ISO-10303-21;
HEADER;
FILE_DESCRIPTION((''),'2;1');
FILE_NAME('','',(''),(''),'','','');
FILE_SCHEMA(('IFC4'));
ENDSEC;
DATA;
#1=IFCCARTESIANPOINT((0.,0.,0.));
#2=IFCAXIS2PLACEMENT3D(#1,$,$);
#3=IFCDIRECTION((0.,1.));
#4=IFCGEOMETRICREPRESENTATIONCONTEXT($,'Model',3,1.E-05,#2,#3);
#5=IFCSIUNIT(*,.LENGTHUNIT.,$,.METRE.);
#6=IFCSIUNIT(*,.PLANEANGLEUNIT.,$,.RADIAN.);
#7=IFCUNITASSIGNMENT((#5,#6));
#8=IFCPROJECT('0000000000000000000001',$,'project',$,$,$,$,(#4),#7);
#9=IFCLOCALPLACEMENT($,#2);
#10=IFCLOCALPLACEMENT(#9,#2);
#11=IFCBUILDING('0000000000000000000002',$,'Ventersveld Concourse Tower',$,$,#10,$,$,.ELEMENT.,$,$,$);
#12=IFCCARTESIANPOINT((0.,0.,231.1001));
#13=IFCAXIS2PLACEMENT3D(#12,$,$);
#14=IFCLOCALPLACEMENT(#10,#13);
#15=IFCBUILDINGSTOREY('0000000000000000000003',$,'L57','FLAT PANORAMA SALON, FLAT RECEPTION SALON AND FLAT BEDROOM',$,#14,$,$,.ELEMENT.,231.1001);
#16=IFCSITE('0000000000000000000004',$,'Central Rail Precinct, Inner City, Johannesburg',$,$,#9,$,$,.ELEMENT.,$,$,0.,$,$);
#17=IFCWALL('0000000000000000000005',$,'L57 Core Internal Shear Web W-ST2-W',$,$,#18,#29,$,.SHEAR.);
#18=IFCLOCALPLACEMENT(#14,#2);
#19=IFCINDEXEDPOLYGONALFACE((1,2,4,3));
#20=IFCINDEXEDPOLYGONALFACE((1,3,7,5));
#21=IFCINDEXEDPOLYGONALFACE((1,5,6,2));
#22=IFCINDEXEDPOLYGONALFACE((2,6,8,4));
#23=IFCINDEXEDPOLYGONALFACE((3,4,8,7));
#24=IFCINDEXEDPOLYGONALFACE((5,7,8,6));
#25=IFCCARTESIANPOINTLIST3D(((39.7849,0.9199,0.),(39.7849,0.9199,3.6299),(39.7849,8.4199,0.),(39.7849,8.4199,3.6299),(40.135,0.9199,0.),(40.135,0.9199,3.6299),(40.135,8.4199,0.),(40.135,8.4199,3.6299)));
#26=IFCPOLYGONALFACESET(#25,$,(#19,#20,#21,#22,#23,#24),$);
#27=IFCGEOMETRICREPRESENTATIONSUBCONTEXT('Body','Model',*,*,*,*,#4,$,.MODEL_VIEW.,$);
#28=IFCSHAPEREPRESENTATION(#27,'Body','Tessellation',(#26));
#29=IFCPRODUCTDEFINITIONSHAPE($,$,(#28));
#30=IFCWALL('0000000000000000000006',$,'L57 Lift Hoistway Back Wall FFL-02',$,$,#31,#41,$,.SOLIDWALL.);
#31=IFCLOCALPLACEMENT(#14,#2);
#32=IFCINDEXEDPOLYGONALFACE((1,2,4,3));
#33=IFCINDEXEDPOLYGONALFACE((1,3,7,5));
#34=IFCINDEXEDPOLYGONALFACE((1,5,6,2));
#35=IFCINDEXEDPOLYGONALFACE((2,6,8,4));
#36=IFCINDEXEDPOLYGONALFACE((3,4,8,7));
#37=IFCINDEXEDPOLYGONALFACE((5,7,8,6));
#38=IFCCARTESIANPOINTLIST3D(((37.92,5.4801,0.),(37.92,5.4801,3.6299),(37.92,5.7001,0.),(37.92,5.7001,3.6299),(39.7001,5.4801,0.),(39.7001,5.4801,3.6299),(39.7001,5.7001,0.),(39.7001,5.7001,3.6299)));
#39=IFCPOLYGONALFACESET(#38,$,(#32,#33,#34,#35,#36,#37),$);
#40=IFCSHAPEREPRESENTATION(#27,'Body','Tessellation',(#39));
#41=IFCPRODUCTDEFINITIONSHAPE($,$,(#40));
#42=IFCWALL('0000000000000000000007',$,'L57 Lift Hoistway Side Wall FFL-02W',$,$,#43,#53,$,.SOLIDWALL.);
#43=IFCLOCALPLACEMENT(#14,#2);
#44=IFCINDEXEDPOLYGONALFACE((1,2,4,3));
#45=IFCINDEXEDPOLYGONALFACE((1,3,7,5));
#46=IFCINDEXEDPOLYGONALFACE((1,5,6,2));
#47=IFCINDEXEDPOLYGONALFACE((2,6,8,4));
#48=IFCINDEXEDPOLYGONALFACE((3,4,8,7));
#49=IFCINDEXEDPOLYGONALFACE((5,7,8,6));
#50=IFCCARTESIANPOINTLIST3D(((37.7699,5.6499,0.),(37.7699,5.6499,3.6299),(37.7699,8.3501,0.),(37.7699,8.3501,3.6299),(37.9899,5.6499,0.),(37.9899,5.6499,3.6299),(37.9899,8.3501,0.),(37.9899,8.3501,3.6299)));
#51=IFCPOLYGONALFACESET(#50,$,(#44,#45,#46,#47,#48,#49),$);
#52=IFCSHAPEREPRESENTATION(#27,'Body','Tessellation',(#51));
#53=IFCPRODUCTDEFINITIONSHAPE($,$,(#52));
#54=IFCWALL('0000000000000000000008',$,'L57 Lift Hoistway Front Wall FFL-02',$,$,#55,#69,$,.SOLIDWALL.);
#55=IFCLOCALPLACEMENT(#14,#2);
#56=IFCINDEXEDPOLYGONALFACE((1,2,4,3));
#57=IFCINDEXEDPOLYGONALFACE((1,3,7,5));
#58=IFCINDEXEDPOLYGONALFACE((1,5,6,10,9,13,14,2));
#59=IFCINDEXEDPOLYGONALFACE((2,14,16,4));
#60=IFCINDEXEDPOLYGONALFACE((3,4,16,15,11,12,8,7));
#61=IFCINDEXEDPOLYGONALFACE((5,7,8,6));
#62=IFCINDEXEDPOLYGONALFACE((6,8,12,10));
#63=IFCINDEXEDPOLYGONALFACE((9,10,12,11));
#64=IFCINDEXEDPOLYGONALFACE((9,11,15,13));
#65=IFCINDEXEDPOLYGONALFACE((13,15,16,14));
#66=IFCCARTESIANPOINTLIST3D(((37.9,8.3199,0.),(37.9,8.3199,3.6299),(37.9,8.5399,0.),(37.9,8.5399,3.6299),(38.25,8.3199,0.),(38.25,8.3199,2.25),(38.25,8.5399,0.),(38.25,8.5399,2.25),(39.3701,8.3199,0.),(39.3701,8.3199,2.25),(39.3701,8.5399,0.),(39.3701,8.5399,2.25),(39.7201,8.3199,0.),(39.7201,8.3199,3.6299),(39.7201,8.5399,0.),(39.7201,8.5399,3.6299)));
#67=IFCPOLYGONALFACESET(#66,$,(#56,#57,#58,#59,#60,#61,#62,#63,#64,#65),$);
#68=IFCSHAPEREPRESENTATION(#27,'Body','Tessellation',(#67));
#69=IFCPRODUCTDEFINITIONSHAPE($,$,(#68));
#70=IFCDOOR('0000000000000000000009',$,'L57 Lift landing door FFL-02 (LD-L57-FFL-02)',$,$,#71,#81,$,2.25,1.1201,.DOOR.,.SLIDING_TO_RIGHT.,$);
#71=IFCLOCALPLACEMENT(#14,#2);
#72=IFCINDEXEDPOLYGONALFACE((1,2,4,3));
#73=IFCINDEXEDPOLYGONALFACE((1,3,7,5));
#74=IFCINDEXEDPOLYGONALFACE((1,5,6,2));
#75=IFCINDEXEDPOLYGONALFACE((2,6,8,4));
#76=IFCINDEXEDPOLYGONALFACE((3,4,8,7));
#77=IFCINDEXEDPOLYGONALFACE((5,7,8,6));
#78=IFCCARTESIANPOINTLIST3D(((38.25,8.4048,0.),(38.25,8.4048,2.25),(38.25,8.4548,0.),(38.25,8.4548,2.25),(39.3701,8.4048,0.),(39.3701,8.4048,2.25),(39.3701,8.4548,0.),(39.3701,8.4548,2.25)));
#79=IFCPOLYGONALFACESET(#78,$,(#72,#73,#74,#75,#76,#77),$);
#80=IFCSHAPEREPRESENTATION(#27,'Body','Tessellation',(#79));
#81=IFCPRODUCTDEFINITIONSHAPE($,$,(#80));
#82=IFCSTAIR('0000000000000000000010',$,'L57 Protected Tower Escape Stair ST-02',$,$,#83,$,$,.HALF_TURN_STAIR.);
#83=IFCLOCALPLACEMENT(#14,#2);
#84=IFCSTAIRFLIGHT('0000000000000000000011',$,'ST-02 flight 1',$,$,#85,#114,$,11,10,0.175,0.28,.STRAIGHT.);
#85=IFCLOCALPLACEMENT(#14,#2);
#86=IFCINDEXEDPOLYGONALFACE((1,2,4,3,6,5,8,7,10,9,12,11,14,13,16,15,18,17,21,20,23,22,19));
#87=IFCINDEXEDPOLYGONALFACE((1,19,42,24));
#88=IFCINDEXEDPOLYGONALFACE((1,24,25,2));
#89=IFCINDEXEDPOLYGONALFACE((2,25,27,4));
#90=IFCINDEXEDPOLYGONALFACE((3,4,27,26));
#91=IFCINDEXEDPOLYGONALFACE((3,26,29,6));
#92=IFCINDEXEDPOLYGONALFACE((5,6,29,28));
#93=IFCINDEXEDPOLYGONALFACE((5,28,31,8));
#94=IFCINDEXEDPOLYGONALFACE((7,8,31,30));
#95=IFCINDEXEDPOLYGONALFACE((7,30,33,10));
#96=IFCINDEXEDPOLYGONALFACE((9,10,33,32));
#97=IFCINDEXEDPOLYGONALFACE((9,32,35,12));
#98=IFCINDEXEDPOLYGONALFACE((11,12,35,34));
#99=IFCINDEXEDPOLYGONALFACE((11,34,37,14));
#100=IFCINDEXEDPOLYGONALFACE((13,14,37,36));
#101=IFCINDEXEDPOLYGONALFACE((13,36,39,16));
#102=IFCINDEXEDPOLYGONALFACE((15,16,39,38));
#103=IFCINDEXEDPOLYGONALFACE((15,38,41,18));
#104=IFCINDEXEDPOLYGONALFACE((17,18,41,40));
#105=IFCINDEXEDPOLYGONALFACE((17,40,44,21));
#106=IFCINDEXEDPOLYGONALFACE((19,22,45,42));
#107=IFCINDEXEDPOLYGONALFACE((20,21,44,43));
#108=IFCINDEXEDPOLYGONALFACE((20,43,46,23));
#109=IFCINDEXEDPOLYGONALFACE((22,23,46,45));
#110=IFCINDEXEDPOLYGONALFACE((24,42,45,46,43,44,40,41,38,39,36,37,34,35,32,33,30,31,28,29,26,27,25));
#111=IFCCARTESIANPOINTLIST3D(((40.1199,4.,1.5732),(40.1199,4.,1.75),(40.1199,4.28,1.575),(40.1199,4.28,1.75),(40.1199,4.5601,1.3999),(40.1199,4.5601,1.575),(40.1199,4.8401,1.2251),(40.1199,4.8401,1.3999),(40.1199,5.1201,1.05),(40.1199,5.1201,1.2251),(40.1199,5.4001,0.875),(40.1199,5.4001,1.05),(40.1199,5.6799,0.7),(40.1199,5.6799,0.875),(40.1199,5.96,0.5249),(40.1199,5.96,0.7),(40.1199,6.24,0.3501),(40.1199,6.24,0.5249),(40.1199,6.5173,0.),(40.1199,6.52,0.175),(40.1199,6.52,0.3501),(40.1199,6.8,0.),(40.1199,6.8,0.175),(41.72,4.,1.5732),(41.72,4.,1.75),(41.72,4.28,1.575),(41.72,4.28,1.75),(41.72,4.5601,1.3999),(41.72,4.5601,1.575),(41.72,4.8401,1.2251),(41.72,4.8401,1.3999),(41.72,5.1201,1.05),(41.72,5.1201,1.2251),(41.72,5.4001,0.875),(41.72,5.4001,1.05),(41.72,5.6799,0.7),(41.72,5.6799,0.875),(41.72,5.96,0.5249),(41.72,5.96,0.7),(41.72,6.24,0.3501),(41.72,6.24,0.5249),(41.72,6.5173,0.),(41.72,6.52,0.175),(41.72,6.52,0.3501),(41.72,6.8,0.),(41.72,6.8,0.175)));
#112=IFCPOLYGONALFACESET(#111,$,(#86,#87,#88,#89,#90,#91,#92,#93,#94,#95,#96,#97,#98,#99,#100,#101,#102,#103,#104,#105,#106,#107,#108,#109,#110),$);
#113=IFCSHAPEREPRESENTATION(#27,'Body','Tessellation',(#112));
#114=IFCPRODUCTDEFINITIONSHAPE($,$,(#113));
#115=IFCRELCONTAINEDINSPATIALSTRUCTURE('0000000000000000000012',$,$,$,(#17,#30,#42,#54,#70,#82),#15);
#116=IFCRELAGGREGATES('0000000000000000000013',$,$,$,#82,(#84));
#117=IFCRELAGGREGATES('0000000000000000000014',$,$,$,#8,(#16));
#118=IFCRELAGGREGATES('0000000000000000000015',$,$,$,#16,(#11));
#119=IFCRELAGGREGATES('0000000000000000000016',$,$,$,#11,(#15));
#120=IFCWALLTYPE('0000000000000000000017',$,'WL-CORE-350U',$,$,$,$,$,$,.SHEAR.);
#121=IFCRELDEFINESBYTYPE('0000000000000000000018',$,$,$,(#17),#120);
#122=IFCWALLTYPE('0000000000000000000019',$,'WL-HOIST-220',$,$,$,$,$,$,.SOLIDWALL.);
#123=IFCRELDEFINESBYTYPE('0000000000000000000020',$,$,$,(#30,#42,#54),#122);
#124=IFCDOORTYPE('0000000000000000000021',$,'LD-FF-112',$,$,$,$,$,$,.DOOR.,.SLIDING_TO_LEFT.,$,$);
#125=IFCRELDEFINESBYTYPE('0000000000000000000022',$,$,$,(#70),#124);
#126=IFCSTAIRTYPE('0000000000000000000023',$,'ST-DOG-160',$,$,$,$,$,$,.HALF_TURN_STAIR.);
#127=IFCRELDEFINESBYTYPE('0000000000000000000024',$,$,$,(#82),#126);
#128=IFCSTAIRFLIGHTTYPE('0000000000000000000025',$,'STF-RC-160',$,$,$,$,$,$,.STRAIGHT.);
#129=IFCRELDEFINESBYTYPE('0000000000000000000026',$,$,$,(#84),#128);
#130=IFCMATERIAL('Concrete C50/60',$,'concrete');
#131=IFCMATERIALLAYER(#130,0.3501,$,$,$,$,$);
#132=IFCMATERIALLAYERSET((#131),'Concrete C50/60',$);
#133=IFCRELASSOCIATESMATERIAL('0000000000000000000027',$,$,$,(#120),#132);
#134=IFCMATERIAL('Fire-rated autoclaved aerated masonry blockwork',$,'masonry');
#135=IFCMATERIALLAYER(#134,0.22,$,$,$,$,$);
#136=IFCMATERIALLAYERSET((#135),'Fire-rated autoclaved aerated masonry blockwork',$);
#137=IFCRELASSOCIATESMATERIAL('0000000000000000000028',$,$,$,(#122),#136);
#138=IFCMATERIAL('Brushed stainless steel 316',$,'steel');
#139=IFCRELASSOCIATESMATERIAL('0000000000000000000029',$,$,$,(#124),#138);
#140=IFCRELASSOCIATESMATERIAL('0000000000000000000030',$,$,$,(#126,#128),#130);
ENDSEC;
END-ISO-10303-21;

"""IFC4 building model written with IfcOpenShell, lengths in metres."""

from ifc_helpers import new_model, si_unit, direction, frame, frame_2d, origin, place, context, subcontext, project, spatial, polyline, rectangle, outline, extrude, material, layer, layer_set, type_object, element, fill, aggregate, save


model = new_model("IFC4")

# Units and contexts
model_context = context("Model", 3, precision=1e-05, world=origin(), true_north=direction((0.0, 1.0)))
body_context = subcontext(model_context, "Body", "Model", "MODEL_VIEW")
ifc_project = project(units=[si_unit("LENGTHUNIT", "METRE"), si_unit("PLANEANGLEUNIT", "RADIAN")], contexts=[model_context])

# Site, building, storey
site_placement = place(None, origin())
site = spatial("IfcSite", under=ifc_project, at=site_placement, Name="Central Rail Precinct, Inner City, Johannesburg", CompositionType="ELEMENT", RefElevation=0.0)
building_placement = place(site_placement, origin())
building = spatial("IfcBuilding", under=site, at=building_placement, Name="Ventersveld Concourse Tower", CompositionType="ELEMENT")
storey_placement = place(building_placement, frame((0.0, 0.0, 231.1001)))
storey = spatial("IfcBuildingStorey", under=building, at=storey_placement, Name="L57", Description="FLAT PANORAMA SALON, FLAT RECEPTION SALON AND FLAT BEDROOM", CompositionType="ELEMENT", Elevation=231.1001)

# Shared definitions
ifc_material_1 = material(Name="Concrete C50/60", Category="concrete")

# Walls
ifc_layer_1 = layer(ifc_material_1, 0.3501)
ifc_layer_set_1 = layer_set([ifc_layer_1], Name="Concrete C50/60")
wall_type_1 = type_object("IfcWallType", Name="WL-CORE-350U", PredefinedType="SHEAR", material=ifc_layer_set_1)
for number, where, z_axis, x_axis, name in (
    (1, (39.96, 0.9199, 0.0), (0.0, 0.0, 1.0), (0.0, 1.0, 0.0), "L57 Core Internal Shear Web W-ST2-W"),
):
    element("IfcWall", number, at=place(storey_placement, frame(where, z_axis=z_axis, x_axis=x_axis)), inside=storey, type_object=wall_type_1, Name=name, PredefinedType="SHEAR", context=body_context, shape_type="SweptSolid", body=[
        extrude(rectangle(XDim=7.5, YDim=0.3501, at=frame_2d((3.75, 0.0))), origin(), (0.0, 0.0, 1.0), 3.6299),
    ])
ifc_material_2 = material(Name="Fire-rated autoclaved aerated masonry blockwork", Category="masonry")
ifc_layer_2 = layer(ifc_material_2, 0.22)
ifc_layer_set_2 = layer_set([ifc_layer_2], Name="Fire-rated autoclaved aerated masonry blockwork")
wall_type_2 = type_object("IfcWallType", Name="WL-HOIST-220", PredefinedType="SOLIDWALL", material=ifc_layer_set_2)
wall_1_placement = place(storey_placement, frame((37.9199, 5.5901, 0.0), z_axis=(0.0, 0.0, 1.0), x_axis=(1.0, 0.0, 0.0)))
element("IfcWall", 2, at=wall_1_placement, inside=storey, type_object=wall_type_2, Name="L57 Lift Hoistway Back Wall FFL-02", PredefinedType="SOLIDWALL", context=body_context, shape_type="SweptSolid", body=[
    extrude(rectangle(XDim=1.78, YDim=0.22, at=frame_2d((0.8901, 0.0))), origin(), (0.0, 0.0, 1.0), 3.6299),
])
wall_2_placement = place(storey_placement, frame((37.8799, 5.6499, 0.0), z_axis=(0.0, 0.0, 1.0), x_axis=(0.0, 1.0, 0.0)))
element("IfcWall", 3, at=wall_2_placement, inside=storey, type_object=wall_type_2, Name="L57 Lift Hoistway Side Wall FFL-02W", PredefinedType="SOLIDWALL", context=body_context, shape_type="SweptSolid", body=[
    extrude(rectangle(XDim=2.7002, YDim=0.22, at=frame_2d((1.3501, 0.0))), origin(), (0.0, 0.0, 1.0), 3.6299),
])

# Wall, opening, door
wall_3_placement = place(storey_placement, frame((37.8999, 8.4299, 0.0), z_axis=(0.0, 0.0, 1.0), x_axis=(1.0, 0.0, 0.0)))
wall_3 = element("IfcWall", 4, at=wall_3_placement, inside=storey, type_object=wall_type_2, Name="L57 Lift Hoistway Front Wall FFL-02", PredefinedType="SOLIDWALL", context=body_context, shape_type="SweptSolid", body=[
    extrude(rectangle(XDim=1.8201, YDim=0.22, at=frame_2d((0.9102, 0.0))), origin(), (0.0, 0.0, 1.0), 3.6299),
])
opening_placement = place(wall_3_placement, frame((0.3501, 0.0, 0.0)))
opening = element("IfcOpeningElement", 5, at=opening_placement, cuts=wall_3, PredefinedType="OPENING", context=body_context, shape_type="SweptSolid", body=[
    extrude(rectangle(XDim=1.1201, YDim=2.25, at=frame_2d((0.5601, 1.125))), frame((0.0, 0.1201, 0.0), z_axis=(0.0, -1.0, 0.0), x_axis=(1.0, 0.0, 0.0)), (0.0, 0.0, 1.0), 0.24),
])
ifc_material_3 = material(Name="Brushed stainless steel 316", Category="steel")
door_type = type_object("IfcDoorType", Name="LD-FF-112", OperationType="SLIDING_TO_LEFT", PredefinedType="DOOR", material=ifc_material_3)
door_placement = place(opening_placement, origin())
door = element("IfcDoor", 6, at=door_placement, inside=storey, type_object=door_type, Name="L57 Lift landing door FFL-02 (LD-L57-FFL-02)", OperationType="SLIDING_TO_RIGHT", OverallHeight=2.25, OverallWidth=1.1201, PredefinedType="DOOR", context=body_context, shape_type="SweptSolid", body=[
    extrude(rectangle(XDim=1.1201, YDim=2.25, at=frame_2d((0.5601, 1.125))), frame((0.0, 0.0249, 0.0), z_axis=(0.0, -1.0, 0.0), x_axis=(1.0, 0.0, 0.0)), (0.0, 0.0, 1.0), 0.05),
])
fill(opening, door)

# Stair, stair flight
stair_type = type_object("IfcStairType", Name="ST-DOG-160", PredefinedType="HALF_TURN_STAIR", material=ifc_material_1)
stair_placement = place(storey_placement, origin())
stair = element("IfcStair", 7, at=stair_placement, inside=storey, type_object=stair_type, Name="L57 Protected Tower Escape Stair ST-02", PredefinedType="HALF_TURN_STAIR")
stair_flight_type = type_object("IfcStairFlightType", Name="STF-RC-160", PredefinedType="STRAIGHT", material=ifc_material_1)
stair_flight_placement = place(storey_placement, frame((40.9199, 6.8, 0.0), z_axis=(0.0, 0.0, 1.0), x_axis=(0.0, -1.0, 0.0)))
stair_flight = element("IfcStairFlight", 8, at=stair_flight_placement, type_object=stair_flight_type, Name="ST-02 flight 1", NumberOfRisers=11, NumberOfTreads=10, PredefinedType="STRAIGHT", RiserHeight=0.175, TreadLength=0.28, context=body_context, shape_type="SweptSolid", body=[
    extrude(outline(polyline([(0.0, 0.0), (0.0, 0.175), (0.28, 0.175), (0.28, 0.3501), (0.5601, 0.3501), (0.5601, 0.5249), (0.8401, 0.5249), (0.8401, 0.7), (1.1201, 0.7), (1.1201, 0.875), (1.3999, 0.875), (1.3999, 1.05), (1.6799, 1.05), (1.6799, 1.2251), (1.96, 1.2251), (1.96, 1.3999), (2.24, 1.3999), (2.24, 1.575), (2.52, 1.575), (2.52, 1.75), (2.8, 1.75), (2.8, 1.925), (2.8, 1.5732), (0.2827, 0.0), (0.0, 0.0)])), frame((0.0, 0.8, 0.0), z_axis=(0.0, -1.0, 0.0), x_axis=(1.0, 0.0, 0.0)), (0.0, 0.0, 1.0), 1.6001),
])
aggregate(stair, [stair_flight])

save(model, "model.ifc")
